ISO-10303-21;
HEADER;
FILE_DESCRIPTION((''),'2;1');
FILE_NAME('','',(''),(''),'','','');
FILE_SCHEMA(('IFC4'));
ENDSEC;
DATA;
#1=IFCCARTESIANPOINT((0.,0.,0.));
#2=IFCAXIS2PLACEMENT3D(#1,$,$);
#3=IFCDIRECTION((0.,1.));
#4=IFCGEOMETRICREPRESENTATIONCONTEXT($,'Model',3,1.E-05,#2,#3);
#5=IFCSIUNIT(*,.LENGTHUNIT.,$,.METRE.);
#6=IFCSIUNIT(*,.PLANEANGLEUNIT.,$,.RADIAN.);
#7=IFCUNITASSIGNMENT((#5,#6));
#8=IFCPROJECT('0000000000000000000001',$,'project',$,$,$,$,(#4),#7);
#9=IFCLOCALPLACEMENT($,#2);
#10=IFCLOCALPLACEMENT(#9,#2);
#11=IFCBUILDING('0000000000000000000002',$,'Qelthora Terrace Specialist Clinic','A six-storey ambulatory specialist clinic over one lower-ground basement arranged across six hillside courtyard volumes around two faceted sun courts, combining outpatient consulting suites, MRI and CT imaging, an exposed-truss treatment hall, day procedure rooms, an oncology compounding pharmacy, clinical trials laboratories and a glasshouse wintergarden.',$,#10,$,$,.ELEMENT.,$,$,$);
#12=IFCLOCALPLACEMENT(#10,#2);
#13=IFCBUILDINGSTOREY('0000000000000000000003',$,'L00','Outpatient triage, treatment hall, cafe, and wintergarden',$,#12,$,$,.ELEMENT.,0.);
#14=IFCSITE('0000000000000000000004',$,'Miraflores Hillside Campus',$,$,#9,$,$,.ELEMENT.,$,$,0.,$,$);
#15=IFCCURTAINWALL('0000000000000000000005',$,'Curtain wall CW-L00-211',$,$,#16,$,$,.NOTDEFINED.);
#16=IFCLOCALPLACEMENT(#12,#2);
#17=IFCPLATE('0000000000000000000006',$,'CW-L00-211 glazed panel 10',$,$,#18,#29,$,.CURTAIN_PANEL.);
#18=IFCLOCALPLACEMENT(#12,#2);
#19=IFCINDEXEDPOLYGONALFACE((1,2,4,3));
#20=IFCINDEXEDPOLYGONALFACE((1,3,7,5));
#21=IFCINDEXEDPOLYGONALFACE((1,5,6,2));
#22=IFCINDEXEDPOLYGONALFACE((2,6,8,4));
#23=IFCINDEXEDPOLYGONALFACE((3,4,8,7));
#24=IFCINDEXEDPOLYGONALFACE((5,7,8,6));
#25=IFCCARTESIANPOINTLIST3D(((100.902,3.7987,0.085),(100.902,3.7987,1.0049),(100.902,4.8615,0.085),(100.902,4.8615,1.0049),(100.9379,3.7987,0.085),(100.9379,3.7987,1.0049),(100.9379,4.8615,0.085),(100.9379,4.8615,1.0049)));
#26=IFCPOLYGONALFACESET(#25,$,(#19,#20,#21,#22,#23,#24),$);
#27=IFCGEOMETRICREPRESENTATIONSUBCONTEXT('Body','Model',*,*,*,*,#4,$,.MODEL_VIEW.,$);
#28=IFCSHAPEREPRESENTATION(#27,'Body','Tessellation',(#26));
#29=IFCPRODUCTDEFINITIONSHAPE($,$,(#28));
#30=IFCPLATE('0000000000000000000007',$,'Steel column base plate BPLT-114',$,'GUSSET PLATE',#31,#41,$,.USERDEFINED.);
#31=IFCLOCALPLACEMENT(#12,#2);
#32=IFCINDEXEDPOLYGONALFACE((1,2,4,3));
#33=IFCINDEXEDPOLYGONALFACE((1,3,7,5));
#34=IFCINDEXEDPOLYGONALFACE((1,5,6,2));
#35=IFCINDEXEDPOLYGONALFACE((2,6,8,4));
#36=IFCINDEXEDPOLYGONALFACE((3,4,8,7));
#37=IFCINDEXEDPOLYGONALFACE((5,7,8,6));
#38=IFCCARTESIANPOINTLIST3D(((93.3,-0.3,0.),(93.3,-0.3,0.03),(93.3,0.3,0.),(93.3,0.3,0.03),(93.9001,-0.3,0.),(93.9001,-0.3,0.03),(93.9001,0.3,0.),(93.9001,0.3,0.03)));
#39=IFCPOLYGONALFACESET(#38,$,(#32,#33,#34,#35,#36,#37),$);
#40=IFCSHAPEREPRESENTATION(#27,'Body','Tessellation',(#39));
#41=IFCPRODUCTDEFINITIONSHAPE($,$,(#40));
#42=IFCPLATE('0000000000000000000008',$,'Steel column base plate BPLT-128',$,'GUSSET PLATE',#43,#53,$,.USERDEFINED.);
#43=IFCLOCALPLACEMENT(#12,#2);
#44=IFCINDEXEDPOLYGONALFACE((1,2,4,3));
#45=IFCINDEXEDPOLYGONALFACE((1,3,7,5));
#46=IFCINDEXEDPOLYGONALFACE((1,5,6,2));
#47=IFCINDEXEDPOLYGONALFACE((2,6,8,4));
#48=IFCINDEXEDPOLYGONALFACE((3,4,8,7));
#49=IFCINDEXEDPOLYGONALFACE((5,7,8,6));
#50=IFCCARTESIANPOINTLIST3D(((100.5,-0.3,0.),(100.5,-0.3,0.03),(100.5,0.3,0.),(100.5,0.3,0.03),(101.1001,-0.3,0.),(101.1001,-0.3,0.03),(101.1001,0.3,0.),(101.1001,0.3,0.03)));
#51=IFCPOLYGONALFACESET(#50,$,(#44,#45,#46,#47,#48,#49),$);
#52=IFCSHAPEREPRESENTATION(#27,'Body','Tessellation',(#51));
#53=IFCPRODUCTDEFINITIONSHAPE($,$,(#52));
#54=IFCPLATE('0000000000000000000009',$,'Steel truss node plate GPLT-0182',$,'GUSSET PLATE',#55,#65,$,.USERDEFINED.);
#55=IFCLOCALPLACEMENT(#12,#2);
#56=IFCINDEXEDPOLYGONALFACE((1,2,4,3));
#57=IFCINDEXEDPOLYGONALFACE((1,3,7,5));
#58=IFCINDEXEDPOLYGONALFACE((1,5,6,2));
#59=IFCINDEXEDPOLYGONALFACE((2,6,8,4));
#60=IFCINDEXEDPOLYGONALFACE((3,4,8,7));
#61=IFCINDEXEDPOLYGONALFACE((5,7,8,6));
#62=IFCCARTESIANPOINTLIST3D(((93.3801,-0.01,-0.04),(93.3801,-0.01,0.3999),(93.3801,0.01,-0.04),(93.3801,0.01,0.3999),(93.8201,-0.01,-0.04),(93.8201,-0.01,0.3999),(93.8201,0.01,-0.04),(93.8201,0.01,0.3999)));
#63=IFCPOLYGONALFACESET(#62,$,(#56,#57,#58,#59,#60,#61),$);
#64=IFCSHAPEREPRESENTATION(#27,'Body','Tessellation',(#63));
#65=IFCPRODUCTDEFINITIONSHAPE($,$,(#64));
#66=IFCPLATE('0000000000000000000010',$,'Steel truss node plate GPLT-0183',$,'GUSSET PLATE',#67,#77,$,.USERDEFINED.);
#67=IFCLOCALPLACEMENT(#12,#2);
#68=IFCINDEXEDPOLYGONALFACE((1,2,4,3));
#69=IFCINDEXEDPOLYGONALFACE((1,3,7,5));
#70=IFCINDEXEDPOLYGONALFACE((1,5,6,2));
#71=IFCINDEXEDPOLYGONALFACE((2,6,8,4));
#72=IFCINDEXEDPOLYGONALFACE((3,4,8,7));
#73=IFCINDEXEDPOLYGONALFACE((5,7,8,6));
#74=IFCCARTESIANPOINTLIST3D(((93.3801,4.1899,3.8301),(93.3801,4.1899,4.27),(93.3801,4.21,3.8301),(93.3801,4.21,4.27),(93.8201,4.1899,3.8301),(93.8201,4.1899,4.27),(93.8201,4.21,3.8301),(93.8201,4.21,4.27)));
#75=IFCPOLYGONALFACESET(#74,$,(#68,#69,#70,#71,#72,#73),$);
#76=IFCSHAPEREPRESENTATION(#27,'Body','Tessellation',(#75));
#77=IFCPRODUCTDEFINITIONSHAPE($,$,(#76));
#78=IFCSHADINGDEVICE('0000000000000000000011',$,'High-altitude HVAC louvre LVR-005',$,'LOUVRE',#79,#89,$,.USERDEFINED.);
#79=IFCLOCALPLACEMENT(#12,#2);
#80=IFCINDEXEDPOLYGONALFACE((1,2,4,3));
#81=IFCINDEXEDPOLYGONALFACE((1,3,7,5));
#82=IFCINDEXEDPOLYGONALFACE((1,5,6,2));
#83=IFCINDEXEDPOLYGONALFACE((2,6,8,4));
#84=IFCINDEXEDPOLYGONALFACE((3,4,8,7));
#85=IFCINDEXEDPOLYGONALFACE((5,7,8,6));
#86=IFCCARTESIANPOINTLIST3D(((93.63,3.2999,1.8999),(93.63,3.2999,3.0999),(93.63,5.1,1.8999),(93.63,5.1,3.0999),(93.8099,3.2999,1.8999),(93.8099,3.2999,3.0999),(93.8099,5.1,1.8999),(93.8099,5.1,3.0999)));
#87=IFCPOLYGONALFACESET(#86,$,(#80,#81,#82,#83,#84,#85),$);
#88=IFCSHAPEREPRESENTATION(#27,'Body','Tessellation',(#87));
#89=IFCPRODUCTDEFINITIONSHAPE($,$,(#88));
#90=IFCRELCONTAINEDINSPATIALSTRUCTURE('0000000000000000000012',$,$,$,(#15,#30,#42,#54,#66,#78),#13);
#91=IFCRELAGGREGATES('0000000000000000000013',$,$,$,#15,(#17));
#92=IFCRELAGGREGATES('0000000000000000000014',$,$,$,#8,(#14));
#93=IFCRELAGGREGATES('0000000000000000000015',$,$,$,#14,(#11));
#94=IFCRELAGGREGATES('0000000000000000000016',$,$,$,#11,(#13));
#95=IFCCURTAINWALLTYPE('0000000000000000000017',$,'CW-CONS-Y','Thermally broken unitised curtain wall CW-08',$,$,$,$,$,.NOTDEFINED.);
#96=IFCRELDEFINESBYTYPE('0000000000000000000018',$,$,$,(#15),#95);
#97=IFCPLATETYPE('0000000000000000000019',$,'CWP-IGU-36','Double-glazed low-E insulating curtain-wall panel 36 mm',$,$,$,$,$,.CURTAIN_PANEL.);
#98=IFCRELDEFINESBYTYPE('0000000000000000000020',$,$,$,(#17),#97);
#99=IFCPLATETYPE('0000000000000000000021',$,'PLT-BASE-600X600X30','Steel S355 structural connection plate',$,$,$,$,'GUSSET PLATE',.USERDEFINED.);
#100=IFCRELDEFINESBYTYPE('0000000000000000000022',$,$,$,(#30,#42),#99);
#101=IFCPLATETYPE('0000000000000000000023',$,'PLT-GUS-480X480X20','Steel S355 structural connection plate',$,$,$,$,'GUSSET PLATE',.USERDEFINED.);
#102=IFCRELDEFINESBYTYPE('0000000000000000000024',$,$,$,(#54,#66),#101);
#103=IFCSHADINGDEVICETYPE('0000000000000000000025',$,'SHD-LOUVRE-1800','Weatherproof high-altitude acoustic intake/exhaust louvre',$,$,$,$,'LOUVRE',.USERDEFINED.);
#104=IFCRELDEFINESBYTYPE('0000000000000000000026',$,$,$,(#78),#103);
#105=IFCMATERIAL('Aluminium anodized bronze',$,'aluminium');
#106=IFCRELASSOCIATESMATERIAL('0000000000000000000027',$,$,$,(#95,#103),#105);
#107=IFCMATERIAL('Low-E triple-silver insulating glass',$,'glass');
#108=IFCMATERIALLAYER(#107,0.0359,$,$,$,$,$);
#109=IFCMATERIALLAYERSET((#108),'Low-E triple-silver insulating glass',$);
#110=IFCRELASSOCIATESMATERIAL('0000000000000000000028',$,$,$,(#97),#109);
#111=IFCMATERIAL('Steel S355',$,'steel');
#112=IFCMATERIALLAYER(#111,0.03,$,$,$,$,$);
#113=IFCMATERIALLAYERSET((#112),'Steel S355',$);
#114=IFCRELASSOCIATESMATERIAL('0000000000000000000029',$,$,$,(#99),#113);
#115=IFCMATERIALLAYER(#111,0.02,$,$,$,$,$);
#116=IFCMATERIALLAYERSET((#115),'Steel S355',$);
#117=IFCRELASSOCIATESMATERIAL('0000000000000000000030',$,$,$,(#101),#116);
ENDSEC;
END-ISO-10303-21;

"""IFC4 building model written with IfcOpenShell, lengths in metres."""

from ifc_helpers import new_model, si_unit, direction, frame, origin, origin_2d, place, context, subcontext, project, spatial, rectangle, extrude, material, layer, layer_set, type_object, element, aggregate, save


model = new_model("IFC4")

# Units and contexts
model_context = context("Model", 3, precision=1e-05, world=origin(), true_north=direction((0.0, 1.0)))
body_context = subcontext(model_context, "Body", "Model", "MODEL_VIEW")
ifc_project = project(units=[si_unit("LENGTHUNIT", "METRE"), si_unit("PLANEANGLEUNIT", "RADIAN")], contexts=[model_context])

# Site, building, storey
site_placement = place(None, origin())
site = spatial("IfcSite", under=ifc_project, at=site_placement, Name="Miraflores Hillside Campus", CompositionType="ELEMENT", RefElevation=0.0)
building_placement = place(site_placement, origin())
building = spatial("IfcBuilding", under=site, at=building_placement, Name="Qelthora Terrace Specialist Clinic", Description="A six-storey ambulatory specialist clinic over one lower-ground basement arranged across six hillside courtyard volumes around two faceted sun courts, combining outpatient consulting suites, MRI and CT imaging, an exposed-truss treatment hall, day procedure rooms, an oncology compounding pharmacy, clinical trials laboratories and a glasshouse wintergarden.", CompositionType="ELEMENT")
storey_placement = place(building_placement, origin())
storey = spatial("IfcBuildingStorey", under=building, at=storey_placement, Name="L00", Description="Outpatient triage, treatment hall, cafe, and wintergarden", CompositionType="ELEMENT", Elevation=0.0)

# Shared definitions
ifc_material_1 = material(Name="Steel S355", Category="steel")

# Curtain wall
ifc_material_2 = material(Name="Aluminium anodized bronze", Category="aluminium")
curtain_wall_type = type_object("IfcCurtainWallType", Name="CW-CONS-Y", Description="Thermally broken unitised curtain wall CW-08", PredefinedType="NOTDEFINED", material=ifc_material_2)
curtain_wall_placement = place(storey_placement, origin())
curtain_wall = element("IfcCurtainWall", 1, at=curtain_wall_placement, inside=storey, type_object=curtain_wall_type, Name="Curtain wall CW-L00-211", PredefinedType="NOTDEFINED")

# Plate
ifc_material_3 = material(Name="Low-E triple-silver insulating glass", Category="glass")
ifc_layer_1 = layer(ifc_material_3, 0.0359)
ifc_layer_set_1 = layer_set([ifc_layer_1], Name="Low-E triple-silver insulating glass")
plate_type_1 = type_object("IfcPlateType", Name="CWP-IGU-36", Description="Double-glazed low-E insulating curtain-wall panel 36 mm", PredefinedType="CURTAIN_PANEL", material=ifc_layer_set_1)
plate_1_placement = place(storey_placement, frame((100.9199, 4.3301, 0.085), z_axis=(0.0, 0.0, 1.0), x_axis=(0.0, 1.0, 0.0)))
plate_1 = element("IfcPlate", 2, at=plate_1_placement, type_object=plate_type_1, Name="CW-L00-211 glazed panel 10", PredefinedType="CURTAIN_PANEL", context=body_context, shape_type="SweptSolid", body=[
    extrude(rectangle(XDim=1.0627, YDim=0.0359, at=origin_2d()), origin(), (0.0, 0.0, 1.0), 0.9199),
])
aggregate(curtain_wall, [plate_1])

# Plates
ifc_layer_2 = layer(ifc_material_1, 0.03)
ifc_layer_set_2 = layer_set([ifc_layer_2], Name="Steel S355")
plate_type_2 = type_object("IfcPlateType", Name="PLT-BASE-600X600X30", Description="Steel S355 structural connection plate", ElementType="GUSSET PLATE", PredefinedType="USERDEFINED", material=ifc_layer_set_2)
for number, where, z_axis, x_axis, name in (
    (3, (93.6001, 0.0, 0.0), (0.0, 0.0, 1.0), (1.0, 0.0, 0.0), "Steel column base plate BPLT-114"),
    (4, (100.8, 0.0, 0.0), (0.0, 0.0, 1.0), (1.0, 0.0, 0.0), "Steel column base plate BPLT-128"),
):
    element("IfcPlate", number, at=place(storey_placement, frame(where, z_axis=z_axis, x_axis=x_axis)), inside=storey, type_object=plate_type_2, Name=name, ObjectType="GUSSET PLATE", PredefinedType="USERDEFINED", context=body_context, shape_type="SweptSolid", body=[
        extrude(rectangle(XDim=0.6001, YDim=0.6001, at=origin_2d()), origin(), (0.0, 0.0, 1.0), 0.03),
    ])
ifc_layer_3 = layer(ifc_material_1, 0.02)
ifc_layer_set_3 = layer_set([ifc_layer_3], Name="Steel S355")
plate_type_3 = type_object("IfcPlateType", Name="PLT-GUS-480X480X20", Description="Steel S355 structural connection plate", ElementType="GUSSET PLATE", PredefinedType="USERDEFINED", material=ifc_layer_set_3)
for number, where, z_axis, x_axis, name in (
    (5, (93.6001, 0.0, -0.04), (0.0, 0.0, 1.0), (1.0, 0.0, 0.0), "Steel truss node plate GPLT-0182"),
    (6, (93.6001, 4.2, 3.8301), (0.0, 0.0, 1.0), (1.0, 0.0, 0.0), "Steel truss node plate GPLT-0183"),
):
    element("IfcPlate", number, at=place(storey_placement, frame(where, z_axis=z_axis, x_axis=x_axis)), inside=storey, type_object=plate_type_3, Name=name, ObjectType="GUSSET PLATE", PredefinedType="USERDEFINED", context=body_context, shape_type="SweptSolid", body=[
        extrude(rectangle(XDim=0.4399, YDim=0.02, at=origin_2d()), origin(), (0.0, 0.0, 1.0), 0.4399),
    ])

# Shading device
shading_device_type = type_object("IfcShadingDeviceType", Name="SHD-LOUVRE-1800", Description="Weatherproof high-altitude acoustic intake/exhaust louvre", ElementType="LOUVRE", PredefinedType="USERDEFINED", material=ifc_material_2)
shading_device_placement = place(storey_placement, frame((93.72, 4.2, 1.8999), z_axis=(0.0, 0.0, 1.0), x_axis=(0.0, 1.0, 0.0)))
element("IfcShadingDevice", 7, at=shading_device_placement, inside=storey, type_object=shading_device_type, Name="High-altitude HVAC louvre LVR-005", ObjectType="LOUVRE", PredefinedType="USERDEFINED", context=body_context, shape_type="SweptSolid", body=[
    extrude(rectangle(XDim=1.8, YDim=0.1799, at=origin_2d()), origin(), (0.0, 0.0, 1.0), 1.2),
])

save(model, "model.ifc")
